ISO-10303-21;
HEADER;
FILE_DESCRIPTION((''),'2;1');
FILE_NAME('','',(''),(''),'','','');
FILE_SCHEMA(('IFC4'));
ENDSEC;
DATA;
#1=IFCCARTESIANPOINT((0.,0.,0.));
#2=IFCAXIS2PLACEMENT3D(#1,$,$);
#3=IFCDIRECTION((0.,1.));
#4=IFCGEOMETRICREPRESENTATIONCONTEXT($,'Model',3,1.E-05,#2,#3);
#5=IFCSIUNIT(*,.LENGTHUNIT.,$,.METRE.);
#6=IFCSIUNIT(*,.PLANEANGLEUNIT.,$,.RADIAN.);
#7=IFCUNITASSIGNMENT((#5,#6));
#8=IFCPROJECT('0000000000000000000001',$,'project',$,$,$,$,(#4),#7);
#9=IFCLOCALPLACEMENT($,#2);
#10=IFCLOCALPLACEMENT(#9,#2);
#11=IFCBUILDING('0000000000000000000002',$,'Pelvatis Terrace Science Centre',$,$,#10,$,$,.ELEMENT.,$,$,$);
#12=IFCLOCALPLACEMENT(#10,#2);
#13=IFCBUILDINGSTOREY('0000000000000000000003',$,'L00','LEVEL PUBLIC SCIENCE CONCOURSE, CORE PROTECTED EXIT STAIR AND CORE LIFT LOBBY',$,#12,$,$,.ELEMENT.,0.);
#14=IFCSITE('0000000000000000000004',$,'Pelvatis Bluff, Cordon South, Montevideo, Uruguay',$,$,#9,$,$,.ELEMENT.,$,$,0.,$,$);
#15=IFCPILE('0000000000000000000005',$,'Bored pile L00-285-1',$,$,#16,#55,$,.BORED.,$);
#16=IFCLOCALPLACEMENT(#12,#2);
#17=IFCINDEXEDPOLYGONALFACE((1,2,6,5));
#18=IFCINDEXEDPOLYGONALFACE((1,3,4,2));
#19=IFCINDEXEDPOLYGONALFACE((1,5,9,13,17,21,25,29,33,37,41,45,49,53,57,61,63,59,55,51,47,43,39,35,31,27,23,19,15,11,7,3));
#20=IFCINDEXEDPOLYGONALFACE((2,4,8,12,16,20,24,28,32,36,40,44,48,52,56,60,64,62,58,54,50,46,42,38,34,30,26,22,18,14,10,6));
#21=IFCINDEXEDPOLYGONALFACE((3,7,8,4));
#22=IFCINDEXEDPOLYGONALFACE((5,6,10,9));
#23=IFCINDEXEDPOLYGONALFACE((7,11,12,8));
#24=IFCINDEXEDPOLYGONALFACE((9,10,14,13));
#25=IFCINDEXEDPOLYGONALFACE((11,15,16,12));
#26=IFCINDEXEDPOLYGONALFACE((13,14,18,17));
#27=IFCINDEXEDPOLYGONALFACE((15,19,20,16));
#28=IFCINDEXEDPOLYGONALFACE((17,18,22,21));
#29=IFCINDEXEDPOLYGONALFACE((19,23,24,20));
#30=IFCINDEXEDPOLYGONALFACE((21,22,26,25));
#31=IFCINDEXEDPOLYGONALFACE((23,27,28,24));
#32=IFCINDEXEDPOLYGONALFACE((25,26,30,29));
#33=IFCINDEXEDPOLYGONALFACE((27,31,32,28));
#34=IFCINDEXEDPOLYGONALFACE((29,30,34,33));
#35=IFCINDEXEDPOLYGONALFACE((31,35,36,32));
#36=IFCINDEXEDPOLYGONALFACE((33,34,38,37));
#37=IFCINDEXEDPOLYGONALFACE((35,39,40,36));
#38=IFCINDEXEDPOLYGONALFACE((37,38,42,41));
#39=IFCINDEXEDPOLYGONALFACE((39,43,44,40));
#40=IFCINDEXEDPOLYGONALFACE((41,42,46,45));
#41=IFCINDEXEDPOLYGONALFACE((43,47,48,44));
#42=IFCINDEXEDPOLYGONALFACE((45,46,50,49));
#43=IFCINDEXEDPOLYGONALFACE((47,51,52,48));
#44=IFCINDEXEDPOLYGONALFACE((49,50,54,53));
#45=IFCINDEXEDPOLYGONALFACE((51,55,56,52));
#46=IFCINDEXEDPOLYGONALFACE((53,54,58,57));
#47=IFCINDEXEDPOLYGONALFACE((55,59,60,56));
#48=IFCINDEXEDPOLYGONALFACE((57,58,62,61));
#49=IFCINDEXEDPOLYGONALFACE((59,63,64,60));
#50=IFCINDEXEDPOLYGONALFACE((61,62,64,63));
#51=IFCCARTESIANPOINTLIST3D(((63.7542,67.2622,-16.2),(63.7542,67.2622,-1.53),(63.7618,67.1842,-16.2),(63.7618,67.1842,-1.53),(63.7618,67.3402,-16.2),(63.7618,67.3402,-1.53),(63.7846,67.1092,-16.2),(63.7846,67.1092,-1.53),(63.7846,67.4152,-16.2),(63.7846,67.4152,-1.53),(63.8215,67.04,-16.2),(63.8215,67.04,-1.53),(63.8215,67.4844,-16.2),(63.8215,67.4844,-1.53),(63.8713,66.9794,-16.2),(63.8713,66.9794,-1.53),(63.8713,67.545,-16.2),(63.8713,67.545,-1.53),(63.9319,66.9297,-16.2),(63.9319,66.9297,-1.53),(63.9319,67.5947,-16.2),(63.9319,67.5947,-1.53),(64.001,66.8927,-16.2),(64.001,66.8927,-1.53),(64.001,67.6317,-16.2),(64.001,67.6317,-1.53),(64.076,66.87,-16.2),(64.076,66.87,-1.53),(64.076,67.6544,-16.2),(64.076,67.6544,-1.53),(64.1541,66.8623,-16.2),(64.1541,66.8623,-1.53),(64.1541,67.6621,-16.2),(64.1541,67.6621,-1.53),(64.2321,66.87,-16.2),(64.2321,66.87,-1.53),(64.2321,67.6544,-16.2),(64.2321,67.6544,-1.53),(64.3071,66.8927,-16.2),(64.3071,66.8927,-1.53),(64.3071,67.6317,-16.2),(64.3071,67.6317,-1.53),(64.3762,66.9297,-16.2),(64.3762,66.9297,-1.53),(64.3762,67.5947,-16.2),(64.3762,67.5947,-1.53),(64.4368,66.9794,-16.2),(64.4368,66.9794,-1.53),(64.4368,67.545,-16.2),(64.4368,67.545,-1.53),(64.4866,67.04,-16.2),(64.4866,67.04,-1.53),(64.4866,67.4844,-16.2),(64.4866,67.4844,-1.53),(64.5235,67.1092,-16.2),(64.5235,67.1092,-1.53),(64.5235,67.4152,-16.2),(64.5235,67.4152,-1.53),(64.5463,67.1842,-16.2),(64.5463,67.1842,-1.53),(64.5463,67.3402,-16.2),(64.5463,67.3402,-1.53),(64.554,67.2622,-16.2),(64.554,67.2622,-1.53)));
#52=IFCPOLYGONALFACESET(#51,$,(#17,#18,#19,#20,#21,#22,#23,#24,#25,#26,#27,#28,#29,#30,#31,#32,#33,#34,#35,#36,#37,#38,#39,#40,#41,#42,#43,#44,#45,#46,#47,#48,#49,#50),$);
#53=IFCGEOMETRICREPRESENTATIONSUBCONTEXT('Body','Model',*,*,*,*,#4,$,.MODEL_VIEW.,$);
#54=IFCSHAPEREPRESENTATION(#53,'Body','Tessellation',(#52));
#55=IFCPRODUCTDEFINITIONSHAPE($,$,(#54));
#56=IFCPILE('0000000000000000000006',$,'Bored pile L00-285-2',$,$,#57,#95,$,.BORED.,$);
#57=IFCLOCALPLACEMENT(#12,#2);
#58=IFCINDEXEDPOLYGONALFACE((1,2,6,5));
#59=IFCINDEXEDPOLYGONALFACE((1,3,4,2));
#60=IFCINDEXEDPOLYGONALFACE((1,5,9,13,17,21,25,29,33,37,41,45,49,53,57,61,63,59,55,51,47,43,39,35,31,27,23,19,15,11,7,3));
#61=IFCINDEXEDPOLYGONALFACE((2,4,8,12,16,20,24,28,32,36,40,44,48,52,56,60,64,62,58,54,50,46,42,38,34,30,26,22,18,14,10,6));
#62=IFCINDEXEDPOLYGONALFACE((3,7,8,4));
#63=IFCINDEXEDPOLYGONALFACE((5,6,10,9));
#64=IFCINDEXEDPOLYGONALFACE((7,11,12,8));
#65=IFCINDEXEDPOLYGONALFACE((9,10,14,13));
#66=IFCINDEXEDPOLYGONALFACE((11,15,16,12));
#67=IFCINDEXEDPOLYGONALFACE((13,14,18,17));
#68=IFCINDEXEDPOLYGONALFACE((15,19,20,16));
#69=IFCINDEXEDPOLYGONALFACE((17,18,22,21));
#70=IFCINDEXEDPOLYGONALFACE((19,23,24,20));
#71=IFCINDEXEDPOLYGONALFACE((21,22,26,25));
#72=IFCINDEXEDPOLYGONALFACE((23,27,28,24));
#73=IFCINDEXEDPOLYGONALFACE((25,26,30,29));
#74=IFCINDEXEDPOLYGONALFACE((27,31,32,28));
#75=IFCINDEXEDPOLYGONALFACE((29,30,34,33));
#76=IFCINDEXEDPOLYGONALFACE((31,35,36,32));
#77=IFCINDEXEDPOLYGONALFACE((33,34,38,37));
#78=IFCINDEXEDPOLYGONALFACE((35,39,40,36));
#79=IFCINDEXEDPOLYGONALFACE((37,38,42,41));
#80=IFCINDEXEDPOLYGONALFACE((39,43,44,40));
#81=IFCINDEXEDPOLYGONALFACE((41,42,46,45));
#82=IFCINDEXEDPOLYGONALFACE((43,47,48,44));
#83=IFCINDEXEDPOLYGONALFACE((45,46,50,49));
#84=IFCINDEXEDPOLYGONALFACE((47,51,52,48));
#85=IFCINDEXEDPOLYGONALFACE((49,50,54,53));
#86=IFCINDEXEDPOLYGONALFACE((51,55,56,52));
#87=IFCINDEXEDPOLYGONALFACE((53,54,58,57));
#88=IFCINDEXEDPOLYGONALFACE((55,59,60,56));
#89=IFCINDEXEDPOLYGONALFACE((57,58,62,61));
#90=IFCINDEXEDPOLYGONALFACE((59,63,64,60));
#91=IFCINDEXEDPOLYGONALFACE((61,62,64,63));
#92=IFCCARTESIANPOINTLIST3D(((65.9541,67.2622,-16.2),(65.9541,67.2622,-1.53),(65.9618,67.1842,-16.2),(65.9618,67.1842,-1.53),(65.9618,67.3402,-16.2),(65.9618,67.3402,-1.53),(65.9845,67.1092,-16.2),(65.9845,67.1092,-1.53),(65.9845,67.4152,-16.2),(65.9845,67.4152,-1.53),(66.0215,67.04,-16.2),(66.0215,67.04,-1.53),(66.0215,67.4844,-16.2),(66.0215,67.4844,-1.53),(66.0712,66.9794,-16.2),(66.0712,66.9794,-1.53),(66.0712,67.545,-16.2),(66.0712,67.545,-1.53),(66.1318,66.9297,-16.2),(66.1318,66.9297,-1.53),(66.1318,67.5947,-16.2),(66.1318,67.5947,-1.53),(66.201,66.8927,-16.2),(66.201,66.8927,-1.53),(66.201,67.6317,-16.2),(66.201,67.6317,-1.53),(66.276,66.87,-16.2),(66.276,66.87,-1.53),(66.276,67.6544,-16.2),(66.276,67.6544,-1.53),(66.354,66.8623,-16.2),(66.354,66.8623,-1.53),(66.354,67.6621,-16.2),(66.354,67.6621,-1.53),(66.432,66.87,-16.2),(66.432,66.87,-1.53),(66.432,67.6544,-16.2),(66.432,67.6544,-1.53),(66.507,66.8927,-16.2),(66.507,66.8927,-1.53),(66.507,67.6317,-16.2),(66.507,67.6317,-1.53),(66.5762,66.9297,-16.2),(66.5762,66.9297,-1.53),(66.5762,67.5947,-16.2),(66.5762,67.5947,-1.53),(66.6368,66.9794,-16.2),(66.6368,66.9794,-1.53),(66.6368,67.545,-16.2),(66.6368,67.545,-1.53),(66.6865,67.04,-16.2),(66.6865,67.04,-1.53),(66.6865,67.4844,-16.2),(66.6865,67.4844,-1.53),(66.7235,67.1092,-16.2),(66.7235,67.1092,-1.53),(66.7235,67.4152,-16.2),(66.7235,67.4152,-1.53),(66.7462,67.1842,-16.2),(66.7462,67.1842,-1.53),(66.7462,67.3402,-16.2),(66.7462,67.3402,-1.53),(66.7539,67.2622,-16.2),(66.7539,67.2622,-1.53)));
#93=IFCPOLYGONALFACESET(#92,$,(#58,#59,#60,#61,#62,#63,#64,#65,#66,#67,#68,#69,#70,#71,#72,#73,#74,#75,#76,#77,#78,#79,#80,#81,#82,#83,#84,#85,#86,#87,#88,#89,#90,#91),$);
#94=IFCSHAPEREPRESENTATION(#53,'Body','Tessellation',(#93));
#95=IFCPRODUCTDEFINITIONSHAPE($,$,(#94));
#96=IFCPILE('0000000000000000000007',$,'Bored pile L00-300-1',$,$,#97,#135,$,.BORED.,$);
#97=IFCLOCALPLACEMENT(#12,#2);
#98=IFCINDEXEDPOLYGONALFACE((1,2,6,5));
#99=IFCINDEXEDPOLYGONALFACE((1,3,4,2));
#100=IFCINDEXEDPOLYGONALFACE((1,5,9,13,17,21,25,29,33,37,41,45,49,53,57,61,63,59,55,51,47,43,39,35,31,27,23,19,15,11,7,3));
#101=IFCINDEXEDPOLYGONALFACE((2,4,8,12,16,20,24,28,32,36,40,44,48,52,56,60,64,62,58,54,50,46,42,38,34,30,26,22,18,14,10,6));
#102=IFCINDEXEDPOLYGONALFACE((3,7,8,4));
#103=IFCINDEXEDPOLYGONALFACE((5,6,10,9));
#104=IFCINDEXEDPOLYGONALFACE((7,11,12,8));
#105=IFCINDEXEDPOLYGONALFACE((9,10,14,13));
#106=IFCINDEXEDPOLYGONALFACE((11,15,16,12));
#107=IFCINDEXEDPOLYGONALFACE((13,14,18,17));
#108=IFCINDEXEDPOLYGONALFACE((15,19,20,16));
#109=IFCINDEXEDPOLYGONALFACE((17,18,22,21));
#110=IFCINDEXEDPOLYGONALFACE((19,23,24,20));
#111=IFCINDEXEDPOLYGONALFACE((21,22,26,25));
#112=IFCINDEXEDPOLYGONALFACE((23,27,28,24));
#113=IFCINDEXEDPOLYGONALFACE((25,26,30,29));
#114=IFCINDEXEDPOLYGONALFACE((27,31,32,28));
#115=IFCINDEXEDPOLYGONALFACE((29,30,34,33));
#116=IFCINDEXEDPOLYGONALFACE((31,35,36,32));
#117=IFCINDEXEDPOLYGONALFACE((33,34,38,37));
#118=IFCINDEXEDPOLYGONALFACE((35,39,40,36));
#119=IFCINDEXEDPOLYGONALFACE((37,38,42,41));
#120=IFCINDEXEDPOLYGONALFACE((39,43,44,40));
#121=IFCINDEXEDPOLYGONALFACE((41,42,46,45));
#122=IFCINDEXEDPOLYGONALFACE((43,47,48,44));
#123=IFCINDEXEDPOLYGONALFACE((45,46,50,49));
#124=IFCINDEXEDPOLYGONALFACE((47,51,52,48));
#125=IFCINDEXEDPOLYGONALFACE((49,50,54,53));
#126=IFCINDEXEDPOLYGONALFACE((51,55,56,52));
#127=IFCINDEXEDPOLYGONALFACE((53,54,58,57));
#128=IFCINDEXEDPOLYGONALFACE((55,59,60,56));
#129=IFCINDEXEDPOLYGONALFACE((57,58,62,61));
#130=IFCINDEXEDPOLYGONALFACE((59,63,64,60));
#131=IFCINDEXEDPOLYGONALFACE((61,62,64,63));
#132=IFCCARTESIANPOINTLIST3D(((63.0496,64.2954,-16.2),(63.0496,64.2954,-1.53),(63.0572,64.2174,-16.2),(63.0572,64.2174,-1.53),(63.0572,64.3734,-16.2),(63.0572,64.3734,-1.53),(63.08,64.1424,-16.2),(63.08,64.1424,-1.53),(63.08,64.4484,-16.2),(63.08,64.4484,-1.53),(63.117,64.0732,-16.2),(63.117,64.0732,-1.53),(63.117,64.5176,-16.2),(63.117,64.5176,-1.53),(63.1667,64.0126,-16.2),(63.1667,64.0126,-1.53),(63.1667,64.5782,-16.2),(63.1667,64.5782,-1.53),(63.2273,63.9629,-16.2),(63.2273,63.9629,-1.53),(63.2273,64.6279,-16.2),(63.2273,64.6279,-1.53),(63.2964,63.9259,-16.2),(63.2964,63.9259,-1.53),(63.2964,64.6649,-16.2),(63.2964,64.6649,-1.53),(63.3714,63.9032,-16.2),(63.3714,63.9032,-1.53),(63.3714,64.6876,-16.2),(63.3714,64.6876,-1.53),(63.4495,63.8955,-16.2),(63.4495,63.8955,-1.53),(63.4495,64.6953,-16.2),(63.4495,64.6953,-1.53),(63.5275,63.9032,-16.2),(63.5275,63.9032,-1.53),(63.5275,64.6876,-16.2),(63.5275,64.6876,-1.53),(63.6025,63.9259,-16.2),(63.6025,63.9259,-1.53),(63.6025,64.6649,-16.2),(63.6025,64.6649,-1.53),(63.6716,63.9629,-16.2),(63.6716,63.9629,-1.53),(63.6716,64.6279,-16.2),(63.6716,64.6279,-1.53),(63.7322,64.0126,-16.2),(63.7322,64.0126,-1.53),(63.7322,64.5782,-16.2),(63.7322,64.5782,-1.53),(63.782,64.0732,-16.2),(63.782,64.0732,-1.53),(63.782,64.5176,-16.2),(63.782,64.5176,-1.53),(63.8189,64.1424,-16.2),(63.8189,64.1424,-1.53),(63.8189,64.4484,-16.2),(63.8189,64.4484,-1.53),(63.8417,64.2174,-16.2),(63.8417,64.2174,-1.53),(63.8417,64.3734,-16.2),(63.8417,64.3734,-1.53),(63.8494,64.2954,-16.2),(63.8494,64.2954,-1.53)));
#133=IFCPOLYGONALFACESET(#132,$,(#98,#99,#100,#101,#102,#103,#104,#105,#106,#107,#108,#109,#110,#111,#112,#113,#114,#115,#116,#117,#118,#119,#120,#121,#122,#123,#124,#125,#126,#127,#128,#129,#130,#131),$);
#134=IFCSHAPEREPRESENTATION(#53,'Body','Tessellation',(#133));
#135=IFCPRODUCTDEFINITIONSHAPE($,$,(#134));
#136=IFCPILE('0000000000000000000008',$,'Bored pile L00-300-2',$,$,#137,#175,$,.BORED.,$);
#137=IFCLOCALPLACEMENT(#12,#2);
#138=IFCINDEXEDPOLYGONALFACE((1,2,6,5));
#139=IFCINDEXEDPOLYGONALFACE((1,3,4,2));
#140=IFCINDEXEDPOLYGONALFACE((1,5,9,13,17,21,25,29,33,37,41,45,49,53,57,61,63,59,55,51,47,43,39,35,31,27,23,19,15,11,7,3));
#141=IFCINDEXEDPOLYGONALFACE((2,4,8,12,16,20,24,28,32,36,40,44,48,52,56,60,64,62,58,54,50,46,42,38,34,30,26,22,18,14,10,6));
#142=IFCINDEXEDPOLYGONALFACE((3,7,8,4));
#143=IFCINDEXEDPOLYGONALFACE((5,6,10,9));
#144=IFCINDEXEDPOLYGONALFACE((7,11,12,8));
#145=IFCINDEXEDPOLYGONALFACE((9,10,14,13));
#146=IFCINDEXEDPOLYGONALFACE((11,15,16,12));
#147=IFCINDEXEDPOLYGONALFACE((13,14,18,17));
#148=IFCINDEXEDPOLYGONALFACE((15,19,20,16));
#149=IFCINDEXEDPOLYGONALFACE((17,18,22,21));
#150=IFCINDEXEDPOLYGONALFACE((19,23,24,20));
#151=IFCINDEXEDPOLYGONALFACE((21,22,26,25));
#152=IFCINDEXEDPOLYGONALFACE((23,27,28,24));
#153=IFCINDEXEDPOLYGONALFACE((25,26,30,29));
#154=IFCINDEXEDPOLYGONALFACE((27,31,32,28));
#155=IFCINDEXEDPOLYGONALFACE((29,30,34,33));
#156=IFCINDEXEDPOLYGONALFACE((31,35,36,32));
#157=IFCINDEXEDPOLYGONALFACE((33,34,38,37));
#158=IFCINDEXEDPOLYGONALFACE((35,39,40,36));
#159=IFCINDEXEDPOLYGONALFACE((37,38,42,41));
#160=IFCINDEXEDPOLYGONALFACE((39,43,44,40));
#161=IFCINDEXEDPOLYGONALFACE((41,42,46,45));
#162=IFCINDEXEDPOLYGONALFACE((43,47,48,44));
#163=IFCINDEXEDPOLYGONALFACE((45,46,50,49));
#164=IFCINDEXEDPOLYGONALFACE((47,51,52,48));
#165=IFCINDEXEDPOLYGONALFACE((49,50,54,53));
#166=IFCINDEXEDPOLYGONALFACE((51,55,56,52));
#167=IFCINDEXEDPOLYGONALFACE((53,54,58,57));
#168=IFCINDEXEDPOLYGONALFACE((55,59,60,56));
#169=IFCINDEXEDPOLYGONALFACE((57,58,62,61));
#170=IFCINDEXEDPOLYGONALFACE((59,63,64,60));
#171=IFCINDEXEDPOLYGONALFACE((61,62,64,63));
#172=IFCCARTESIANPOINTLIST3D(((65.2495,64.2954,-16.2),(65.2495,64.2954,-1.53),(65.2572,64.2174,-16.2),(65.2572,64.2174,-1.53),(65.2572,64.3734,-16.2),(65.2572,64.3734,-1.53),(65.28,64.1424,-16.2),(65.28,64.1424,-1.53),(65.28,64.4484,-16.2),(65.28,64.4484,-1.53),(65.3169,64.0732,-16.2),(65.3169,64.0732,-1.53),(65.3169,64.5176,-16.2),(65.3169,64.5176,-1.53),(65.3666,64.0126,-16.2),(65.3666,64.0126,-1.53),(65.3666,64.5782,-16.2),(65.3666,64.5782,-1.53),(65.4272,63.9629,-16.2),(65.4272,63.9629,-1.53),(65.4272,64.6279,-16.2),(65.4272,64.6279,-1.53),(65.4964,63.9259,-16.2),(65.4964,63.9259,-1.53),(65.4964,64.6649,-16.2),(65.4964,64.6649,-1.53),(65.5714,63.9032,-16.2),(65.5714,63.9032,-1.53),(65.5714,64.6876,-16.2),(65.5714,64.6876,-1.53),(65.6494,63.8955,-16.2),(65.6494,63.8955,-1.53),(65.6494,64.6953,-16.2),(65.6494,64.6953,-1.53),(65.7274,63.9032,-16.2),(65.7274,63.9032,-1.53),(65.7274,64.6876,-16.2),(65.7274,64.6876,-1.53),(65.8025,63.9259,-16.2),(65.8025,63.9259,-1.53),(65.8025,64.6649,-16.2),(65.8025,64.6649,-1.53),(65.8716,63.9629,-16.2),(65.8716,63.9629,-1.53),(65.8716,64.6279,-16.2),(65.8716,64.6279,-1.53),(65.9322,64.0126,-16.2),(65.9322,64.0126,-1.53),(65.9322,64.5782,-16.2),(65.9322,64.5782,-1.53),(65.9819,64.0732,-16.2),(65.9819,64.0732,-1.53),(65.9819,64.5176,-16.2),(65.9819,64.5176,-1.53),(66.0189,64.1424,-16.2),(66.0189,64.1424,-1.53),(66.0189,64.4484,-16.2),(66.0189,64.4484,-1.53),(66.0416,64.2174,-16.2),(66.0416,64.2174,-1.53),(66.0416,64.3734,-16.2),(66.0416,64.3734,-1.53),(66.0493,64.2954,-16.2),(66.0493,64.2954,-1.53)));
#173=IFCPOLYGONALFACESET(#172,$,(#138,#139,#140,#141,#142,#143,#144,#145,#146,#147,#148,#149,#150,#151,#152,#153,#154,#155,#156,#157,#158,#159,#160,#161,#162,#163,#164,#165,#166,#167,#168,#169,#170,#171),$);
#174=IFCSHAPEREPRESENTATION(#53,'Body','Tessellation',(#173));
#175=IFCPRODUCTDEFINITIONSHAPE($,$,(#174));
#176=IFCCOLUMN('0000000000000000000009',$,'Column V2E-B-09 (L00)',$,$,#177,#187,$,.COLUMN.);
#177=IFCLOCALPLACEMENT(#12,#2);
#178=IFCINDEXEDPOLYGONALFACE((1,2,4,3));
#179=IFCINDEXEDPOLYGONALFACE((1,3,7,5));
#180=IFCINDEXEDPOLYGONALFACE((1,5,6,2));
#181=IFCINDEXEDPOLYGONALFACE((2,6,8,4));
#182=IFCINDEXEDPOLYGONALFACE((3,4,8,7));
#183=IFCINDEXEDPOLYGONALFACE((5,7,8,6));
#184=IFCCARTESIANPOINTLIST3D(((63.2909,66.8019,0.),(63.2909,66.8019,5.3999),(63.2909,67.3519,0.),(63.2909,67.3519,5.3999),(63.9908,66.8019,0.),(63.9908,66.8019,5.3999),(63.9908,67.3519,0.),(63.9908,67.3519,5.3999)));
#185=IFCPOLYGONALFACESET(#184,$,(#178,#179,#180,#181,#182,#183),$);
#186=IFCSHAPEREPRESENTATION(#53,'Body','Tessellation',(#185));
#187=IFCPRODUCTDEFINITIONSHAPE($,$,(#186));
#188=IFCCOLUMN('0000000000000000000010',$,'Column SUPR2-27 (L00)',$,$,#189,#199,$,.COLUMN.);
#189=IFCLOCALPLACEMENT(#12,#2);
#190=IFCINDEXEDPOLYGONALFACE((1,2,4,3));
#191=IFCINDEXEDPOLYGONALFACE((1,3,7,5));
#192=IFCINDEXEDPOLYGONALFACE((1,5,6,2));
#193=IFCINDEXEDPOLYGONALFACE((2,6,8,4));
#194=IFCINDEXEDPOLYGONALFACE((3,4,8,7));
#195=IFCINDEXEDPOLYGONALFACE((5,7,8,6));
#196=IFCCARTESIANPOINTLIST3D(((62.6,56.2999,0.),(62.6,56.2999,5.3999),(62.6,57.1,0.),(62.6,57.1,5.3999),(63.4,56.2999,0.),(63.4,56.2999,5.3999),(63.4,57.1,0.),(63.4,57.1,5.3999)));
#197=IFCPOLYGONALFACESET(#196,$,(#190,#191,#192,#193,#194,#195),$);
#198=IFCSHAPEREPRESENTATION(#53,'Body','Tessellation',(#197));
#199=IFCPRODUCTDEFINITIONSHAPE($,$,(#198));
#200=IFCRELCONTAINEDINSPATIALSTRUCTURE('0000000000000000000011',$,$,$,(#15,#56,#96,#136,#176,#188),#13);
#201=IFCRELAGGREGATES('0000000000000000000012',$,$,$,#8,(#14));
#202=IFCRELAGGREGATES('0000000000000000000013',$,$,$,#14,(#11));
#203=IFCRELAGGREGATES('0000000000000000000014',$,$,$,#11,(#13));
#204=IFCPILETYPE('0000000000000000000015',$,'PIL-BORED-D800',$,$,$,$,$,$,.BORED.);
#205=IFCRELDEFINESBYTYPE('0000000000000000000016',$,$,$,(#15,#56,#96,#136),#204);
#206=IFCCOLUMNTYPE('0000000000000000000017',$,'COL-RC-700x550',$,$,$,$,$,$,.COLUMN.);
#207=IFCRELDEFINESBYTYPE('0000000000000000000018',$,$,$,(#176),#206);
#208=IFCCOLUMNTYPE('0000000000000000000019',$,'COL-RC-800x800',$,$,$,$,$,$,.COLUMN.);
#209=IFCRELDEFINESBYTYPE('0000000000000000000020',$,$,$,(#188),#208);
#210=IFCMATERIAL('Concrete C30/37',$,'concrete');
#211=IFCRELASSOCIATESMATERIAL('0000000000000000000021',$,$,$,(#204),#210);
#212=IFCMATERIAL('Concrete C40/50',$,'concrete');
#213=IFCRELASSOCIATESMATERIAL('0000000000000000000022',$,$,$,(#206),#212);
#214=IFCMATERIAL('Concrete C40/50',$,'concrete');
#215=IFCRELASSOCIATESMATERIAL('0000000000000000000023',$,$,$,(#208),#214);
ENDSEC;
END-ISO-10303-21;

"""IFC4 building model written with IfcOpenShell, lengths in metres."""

from ifc_helpers import new_model, si_unit, direction, frame, origin, origin_2d, place, context, subcontext, project, spatial, rectangle, circle, extrude, material, material_profile, profile_set, type_object, element, save


model = new_model("IFC4")

# Units and contexts
model_context = context("Model", 3, precision=1e-05, world=origin(), true_north=direction((0.0, 1.0)))
body_context = subcontext(model_context, "Body", "Model", "MODEL_VIEW")
ifc_project = project(units=[si_unit("LENGTHUNIT", "METRE"), si_unit("PLANEANGLEUNIT", "RADIAN")], contexts=[model_context])

# Site, building, storey
site_placement = place(None, origin())
site = spatial("IfcSite", under=ifc_project, at=site_placement, Name="Pelvatis Bluff, Cordon South, Montevideo, Uruguay", CompositionType="ELEMENT", RefElevation=0.0)
building_placement = place(site_placement, origin())
building = spatial("IfcBuilding", under=site, at=building_placement, Name="Pelvatis Terrace Science Centre", CompositionType="ELEMENT")
storey_placement = place(building_placement, origin())
storey = spatial("IfcBuildingStorey", under=building, at=storey_placement, Name="L00", Description="LEVEL PUBLIC SCIENCE CONCOURSE, CORE PROTECTED EXIT STAIR AND CORE LIFT LOBBY", CompositionType="ELEMENT", Elevation=0.0)

# Piles
ifc_material_1 = material(Name="Concrete C30/37", Category="concrete")
ifc_material_profile_1 = material_profile(ifc_material_1, circle(Radius=0.3999, at=origin_2d()), Name="PILE D800")
ifc_profile_set_1 = profile_set([ifc_material_profile_1], Name="Concrete C30/37")
pile_type = type_object("IfcPileType", Name="PIL-BORED-D800", PredefinedType="BORED", material=ifc_profile_set_1)
for number, where, z_axis, x_axis, name in (
    (1, (64.1541, 67.2622, -1.53), (0.0, 0.0, -1.0), (1.0, 0.0, 0.0), "Bored pile L00-285-1"),
    (2, (66.354, 67.2622, -1.53), (0.0, 0.0, -1.0), (1.0, 0.0, 0.0), "Bored pile L00-285-2"),
    (3, (63.4495, 64.2954, -1.53), (0.0, 0.0, -1.0), (1.0, 0.0, 0.0), "Bored pile L00-300-1"),
    (4, (65.6494, 64.2954, -1.53), (0.0, 0.0, -1.0), (1.0, 0.0, 0.0), "Bored pile L00-300-2"),
):
    element("IfcPile", number, at=place(storey_placement, frame(where, z_axis=z_axis, x_axis=x_axis)), inside=storey, type_object=pile_type, Name=name, PredefinedType="BORED", context=body_context, shape_type="SweptSolid", body=[
        extrude(circle(Radius=0.3999, at=origin_2d()), origin(), (0.0, 0.0, 1.0), 14.6699),
    ])

# Columns
ifc_material_2 = material(Name="Concrete C40/50", Category="concrete")
ifc_material_profile_2 = material_profile(ifc_material_2, rectangle(XDim=0.7, YDim=0.55, at=origin_2d()), Name="RC-COL 700x550")
ifc_profile_set_2 = profile_set([ifc_material_profile_2], Name="Concrete C40/50")
column_type_1 = type_object("IfcColumnType", Name="COL-RC-700x550", PredefinedType="COLUMN", material=ifc_profile_set_2)
column_placement = place(storey_placement, frame((63.6409, 67.0769, 0.0), z_axis=(0.0, 0.0, 1.0), x_axis=(1.0, 0.0, 0.0)))
element("IfcColumn", 5, at=column_placement, inside=storey, type_object=column_type_1, Name="Column V2E-B-09 (L00)", PredefinedType="COLUMN", context=body_context, shape_type="SweptSolid", body=[
    extrude(rectangle(XDim=0.7, YDim=0.55, at=origin_2d()), origin(), (0.0, 0.0, 1.0), 5.3999),
])
ifc_material_3 = material(Name="Concrete C40/50", Category="concrete")
ifc_material_profile_3 = material_profile(ifc_material_3, rectangle(XDim=0.8, YDim=0.8, at=origin_2d()), Name="RC-COL 800x800")
ifc_profile_set_3 = profile_set([ifc_material_profile_3], Name="Concrete C40/50")
column_type_2 = type_object("IfcColumnType", Name="COL-RC-800x800", PredefinedType="COLUMN", material=ifc_profile_set_3)
for number, where, z_axis, x_axis, name in (
    (6, (63.0, 56.7, 0.0), (0.0, 0.0, 1.0), (1.0, 0.0, 0.0), "Column SUPR2-27 (L00)"),
):
    element("IfcColumn", number, at=place(storey_placement, frame(where, z_axis=z_axis, x_axis=x_axis)), inside=storey, type_object=column_type_2, Name=name, PredefinedType="COLUMN", context=body_context, shape_type="SweptSolid", body=[
        extrude(rectangle(XDim=0.8, YDim=0.8, at=origin_2d()), origin(), (0.0, 0.0, 1.0), 5.3999),
    ])

save(model, "model.ifc")
